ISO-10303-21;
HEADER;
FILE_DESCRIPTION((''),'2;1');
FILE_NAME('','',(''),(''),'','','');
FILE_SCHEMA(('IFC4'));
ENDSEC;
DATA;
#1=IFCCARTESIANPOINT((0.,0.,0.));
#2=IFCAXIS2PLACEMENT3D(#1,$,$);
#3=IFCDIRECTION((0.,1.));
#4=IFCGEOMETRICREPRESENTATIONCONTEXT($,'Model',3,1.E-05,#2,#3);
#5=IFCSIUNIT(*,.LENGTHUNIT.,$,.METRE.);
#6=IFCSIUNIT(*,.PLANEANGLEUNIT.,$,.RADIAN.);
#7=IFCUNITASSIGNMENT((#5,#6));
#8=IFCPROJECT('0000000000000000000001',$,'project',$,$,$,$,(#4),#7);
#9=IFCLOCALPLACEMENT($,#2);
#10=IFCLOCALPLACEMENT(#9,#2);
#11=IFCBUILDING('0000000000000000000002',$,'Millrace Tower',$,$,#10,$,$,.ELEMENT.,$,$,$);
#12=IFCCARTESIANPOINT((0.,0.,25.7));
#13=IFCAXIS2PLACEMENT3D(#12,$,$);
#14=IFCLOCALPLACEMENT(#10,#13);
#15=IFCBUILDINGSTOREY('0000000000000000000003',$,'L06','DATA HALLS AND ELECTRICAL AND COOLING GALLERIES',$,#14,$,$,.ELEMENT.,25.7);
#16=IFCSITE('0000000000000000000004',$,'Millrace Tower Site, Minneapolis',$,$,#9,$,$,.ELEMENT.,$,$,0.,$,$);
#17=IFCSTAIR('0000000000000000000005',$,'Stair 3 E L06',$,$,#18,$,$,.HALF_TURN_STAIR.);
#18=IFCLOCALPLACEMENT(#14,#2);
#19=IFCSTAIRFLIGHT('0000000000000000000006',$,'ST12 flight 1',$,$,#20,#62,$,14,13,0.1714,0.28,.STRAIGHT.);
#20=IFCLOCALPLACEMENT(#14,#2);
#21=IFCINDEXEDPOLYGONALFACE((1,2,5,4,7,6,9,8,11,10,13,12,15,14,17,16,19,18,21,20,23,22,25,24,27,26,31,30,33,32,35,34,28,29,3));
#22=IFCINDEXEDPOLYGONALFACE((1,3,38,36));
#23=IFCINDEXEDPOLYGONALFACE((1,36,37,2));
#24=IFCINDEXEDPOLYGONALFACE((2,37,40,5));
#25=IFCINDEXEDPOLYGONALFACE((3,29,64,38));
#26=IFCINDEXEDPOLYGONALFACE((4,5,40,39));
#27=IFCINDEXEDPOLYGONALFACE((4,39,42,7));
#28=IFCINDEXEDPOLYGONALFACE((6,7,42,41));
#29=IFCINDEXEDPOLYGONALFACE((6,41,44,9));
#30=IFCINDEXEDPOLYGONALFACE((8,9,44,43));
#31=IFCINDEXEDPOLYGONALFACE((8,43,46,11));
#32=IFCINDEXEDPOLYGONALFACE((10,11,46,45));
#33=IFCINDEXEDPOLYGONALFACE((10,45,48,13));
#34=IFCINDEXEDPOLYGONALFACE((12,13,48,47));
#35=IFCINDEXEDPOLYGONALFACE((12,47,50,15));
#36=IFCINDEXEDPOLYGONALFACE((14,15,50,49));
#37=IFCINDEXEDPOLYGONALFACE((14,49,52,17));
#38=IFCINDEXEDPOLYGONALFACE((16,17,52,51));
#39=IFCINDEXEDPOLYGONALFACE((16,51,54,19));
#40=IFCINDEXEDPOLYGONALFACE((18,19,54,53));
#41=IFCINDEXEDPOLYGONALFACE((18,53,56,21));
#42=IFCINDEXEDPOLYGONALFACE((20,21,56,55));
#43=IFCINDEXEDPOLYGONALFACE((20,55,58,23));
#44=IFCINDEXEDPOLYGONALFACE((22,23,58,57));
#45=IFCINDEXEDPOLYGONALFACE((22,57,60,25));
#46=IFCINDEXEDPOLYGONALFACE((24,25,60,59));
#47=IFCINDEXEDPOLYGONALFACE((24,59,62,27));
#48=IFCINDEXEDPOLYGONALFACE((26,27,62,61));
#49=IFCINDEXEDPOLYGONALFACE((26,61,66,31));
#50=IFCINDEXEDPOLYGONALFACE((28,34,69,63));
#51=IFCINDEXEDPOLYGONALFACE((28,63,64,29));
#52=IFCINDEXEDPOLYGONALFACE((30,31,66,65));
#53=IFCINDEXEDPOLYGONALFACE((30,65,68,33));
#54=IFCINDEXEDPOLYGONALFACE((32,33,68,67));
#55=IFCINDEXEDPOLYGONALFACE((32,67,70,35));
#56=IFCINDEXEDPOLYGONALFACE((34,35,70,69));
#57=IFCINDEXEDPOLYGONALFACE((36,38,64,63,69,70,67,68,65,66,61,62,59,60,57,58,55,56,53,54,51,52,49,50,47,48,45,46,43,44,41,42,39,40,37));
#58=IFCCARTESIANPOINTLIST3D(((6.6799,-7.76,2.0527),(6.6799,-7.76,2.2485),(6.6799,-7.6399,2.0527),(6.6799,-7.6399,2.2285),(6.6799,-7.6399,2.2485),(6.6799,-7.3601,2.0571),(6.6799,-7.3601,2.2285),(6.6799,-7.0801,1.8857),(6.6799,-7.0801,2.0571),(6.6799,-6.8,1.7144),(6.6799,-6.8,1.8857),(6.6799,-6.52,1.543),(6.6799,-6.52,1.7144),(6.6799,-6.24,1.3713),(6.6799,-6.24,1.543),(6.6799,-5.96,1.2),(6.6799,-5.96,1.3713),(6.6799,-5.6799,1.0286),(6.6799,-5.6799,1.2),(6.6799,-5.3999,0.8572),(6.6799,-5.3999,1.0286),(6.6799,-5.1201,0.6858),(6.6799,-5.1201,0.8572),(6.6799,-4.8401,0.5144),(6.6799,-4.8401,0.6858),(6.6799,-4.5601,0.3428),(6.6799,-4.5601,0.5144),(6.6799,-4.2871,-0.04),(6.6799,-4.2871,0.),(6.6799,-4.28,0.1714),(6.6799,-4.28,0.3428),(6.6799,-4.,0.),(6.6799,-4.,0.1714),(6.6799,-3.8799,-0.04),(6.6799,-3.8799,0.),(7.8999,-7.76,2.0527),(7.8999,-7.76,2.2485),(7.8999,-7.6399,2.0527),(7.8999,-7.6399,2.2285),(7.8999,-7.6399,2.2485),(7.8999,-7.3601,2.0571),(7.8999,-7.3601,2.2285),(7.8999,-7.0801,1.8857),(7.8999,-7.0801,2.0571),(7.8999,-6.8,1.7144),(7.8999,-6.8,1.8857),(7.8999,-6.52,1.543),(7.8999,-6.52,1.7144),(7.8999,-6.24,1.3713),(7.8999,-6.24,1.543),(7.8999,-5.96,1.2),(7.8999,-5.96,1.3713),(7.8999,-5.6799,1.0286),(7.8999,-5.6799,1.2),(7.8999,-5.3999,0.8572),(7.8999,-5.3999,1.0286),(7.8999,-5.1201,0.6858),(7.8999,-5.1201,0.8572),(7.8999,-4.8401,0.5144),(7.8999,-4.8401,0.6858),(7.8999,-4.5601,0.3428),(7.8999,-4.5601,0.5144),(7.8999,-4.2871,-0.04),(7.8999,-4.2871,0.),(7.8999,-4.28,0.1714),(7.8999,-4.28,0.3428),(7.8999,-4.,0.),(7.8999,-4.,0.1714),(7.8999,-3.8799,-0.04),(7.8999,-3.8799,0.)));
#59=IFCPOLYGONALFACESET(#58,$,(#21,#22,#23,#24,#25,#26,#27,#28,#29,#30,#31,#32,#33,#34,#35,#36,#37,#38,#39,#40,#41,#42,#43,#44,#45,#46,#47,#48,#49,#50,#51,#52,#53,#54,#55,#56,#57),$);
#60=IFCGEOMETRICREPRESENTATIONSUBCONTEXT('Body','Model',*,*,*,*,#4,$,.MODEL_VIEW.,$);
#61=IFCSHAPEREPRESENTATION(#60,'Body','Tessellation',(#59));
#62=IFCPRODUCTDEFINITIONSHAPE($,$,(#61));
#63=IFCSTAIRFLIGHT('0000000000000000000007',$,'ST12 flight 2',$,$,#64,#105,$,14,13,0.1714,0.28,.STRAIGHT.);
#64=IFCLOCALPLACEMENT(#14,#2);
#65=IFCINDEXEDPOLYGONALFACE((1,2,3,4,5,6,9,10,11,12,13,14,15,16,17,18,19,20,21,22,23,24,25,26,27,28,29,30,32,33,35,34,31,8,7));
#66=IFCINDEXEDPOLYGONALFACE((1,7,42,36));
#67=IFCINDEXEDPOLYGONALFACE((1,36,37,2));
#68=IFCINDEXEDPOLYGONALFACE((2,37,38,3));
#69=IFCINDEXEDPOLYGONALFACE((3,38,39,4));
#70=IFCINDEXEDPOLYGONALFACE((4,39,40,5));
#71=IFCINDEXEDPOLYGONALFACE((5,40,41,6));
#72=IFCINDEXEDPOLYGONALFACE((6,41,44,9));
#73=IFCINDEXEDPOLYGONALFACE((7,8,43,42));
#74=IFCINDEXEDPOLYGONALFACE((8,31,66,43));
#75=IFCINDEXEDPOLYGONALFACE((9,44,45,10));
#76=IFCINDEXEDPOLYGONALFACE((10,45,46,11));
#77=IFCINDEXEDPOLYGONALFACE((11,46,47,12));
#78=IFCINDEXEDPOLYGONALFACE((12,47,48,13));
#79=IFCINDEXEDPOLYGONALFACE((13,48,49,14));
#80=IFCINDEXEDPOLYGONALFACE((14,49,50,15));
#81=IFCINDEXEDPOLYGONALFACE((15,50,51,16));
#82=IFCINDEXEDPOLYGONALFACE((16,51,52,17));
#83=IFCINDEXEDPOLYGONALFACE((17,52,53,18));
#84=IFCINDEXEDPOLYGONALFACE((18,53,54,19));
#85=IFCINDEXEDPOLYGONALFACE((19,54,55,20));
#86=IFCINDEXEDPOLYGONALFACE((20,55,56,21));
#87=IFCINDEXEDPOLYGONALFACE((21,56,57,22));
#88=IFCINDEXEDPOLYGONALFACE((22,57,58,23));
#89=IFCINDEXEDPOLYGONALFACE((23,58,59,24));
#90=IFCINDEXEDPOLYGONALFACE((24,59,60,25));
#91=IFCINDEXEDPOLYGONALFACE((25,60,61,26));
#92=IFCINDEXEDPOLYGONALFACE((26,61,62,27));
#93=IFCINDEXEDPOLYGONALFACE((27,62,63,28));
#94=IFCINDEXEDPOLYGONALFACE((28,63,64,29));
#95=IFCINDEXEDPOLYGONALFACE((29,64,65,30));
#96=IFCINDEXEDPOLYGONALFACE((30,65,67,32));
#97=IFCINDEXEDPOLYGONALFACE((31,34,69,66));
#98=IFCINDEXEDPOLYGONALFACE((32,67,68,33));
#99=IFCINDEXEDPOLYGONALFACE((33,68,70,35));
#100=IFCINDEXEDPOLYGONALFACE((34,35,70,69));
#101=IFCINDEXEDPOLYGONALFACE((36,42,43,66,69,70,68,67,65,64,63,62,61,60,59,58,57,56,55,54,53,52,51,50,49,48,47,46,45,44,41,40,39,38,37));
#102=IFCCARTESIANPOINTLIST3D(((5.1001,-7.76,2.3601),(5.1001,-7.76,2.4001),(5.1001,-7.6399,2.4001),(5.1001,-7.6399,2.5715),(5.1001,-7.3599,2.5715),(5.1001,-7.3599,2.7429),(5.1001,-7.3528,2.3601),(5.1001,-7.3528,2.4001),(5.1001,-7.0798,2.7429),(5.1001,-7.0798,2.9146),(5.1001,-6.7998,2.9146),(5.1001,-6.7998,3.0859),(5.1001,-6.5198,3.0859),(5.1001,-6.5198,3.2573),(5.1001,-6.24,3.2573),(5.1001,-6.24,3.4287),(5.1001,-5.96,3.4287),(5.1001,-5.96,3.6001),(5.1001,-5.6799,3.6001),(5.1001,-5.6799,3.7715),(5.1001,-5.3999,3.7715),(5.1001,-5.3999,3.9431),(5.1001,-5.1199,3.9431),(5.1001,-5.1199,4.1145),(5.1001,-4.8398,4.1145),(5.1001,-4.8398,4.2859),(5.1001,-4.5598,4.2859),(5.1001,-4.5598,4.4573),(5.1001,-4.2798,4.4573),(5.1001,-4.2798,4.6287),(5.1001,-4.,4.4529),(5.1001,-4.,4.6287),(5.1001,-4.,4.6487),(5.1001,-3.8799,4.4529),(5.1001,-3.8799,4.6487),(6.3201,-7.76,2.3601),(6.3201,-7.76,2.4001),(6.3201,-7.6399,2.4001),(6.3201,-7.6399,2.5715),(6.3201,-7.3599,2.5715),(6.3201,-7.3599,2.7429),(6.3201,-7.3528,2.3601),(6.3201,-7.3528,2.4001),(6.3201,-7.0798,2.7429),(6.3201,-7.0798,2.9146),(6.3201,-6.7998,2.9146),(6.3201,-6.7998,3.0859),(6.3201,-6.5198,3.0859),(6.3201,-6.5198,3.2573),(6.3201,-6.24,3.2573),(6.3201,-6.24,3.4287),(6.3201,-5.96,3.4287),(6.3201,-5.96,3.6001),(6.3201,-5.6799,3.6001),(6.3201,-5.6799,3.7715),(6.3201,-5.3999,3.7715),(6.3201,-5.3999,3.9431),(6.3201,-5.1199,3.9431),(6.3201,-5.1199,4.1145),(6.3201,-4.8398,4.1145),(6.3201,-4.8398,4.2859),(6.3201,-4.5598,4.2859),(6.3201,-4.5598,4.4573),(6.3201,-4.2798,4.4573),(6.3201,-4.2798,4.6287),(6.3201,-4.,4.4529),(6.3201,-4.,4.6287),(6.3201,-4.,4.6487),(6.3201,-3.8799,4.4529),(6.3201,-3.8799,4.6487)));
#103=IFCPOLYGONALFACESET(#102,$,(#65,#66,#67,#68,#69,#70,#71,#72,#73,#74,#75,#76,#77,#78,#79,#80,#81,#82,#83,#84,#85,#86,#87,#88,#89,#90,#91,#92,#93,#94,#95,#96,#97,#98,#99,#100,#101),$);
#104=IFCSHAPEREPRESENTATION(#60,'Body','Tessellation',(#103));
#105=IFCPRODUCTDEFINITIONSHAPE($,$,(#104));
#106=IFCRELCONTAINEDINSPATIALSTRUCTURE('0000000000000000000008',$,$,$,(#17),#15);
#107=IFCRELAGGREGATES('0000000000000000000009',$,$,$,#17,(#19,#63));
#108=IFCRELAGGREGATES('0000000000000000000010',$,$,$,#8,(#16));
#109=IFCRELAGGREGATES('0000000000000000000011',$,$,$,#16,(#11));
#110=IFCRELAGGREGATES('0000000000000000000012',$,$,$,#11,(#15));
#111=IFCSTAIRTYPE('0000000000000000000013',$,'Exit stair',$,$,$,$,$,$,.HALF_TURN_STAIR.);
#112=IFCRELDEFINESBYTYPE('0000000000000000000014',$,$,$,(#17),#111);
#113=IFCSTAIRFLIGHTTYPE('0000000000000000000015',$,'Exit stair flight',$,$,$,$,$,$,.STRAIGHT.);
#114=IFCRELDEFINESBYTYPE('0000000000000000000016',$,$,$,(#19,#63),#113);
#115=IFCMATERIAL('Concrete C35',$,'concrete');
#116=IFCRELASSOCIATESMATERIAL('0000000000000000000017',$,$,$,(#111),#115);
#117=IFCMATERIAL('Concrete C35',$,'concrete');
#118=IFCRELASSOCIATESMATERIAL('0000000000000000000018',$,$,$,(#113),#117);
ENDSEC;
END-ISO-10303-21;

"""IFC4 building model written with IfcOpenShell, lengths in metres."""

from ifc_helpers import new_model, si_unit, direction, frame, origin, place, context, subcontext, project, spatial, polyline, outline, extrude, material, type_object, element, aggregate, save


model = new_model("IFC4")

# Units and contexts
model_context = context("Model", 3, precision=1e-05, world=origin(), true_north=direction((0.0, 1.0)))
body_context = subcontext(model_context, "Body", "Model", "MODEL_VIEW")
ifc_project = project(units=[si_unit("LENGTHUNIT", "METRE"), si_unit("PLANEANGLEUNIT", "RADIAN")], contexts=[model_context])

# Site, building, storey
site_placement = place(None, origin())
site = spatial("IfcSite", under=ifc_project, at=site_placement, Name="Millrace Tower Site, Minneapolis", CompositionType="ELEMENT", RefElevation=0.0)
building_placement = place(site_placement, origin())
building = spatial("IfcBuilding", under=site, at=building_placement, Name="Millrace Tower", CompositionType="ELEMENT")
storey_placement = place(building_placement, frame((0.0, 0.0, 25.7)))
storey = spatial("IfcBuildingStorey", under=building, at=storey_placement, Name="L06", Description="DATA HALLS AND ELECTRICAL AND COOLING GALLERIES", CompositionType="ELEMENT", Elevation=25.7)

# Shared definitions
placement = place(storey_placement, origin())

# Shared definitions
ifc_material_1 = material(Name="Concrete C35", Category="concrete")
stair_type = type_object("IfcStairType", Name="Exit stair", PredefinedType="HALF_TURN_STAIR", material=ifc_material_1)
ifc_material_2 = material(Name="Concrete C35", Category="concrete")
stair_flight_type = type_object("IfcStairFlightType", Name="Exit stair flight", PredefinedType="STRAIGHT", material=ifc_material_2)

# Stair, stair flights
stair_1 = element("IfcStair", 1, at=placement, inside=storey, type_object=stair_type, Name="Stair 3 E L06", PredefinedType="HALF_TURN_STAIR")
stair_flight_1_placement = place(storey_placement, frame((7.29, -4.0, 0.0), z_axis=(0.0, 0.0, 1.0), x_axis=(0.0, -1.0, 0.0)))
stair_flight_1 = element("IfcStairFlight", 2, at=stair_flight_1_placement, type_object=stair_flight_type, Name="ST12 flight 1", NumberOfRisers=14, NumberOfTreads=13, PredefinedType="STRAIGHT", RiserHeight=0.1714, TreadLength=0.28, context=body_context, shape_type="SweptSolid", body=[
    extrude(outline(polyline([(-0.1201, -0.04), (-0.1201, 0.0), (0.0, 0.0), (0.0, 0.1714), (0.28, 0.1714), (0.28, 0.3428), (0.5601, 0.3428), (0.5601, 0.5144), (0.8401, 0.5144), (0.8401, 0.6858), (1.1201, 0.6858), (1.1201, 0.8572), (1.3999, 0.8572), (1.3999, 1.0286), (1.6799, 1.0286), (1.6799, 1.2), (1.96, 1.2), (1.96, 1.3713), (2.24, 1.3713), (2.24, 1.543), (2.52, 1.543), (2.52, 1.7144), (2.8, 1.7144), (2.8, 1.8857), (3.0801, 1.8857), (3.0801, 2.0571), (3.3601, 2.0571), (3.3601, 2.2285), (3.6399, 2.2285), (3.6399, 2.2485), (3.76, 2.2485), (3.76, 2.0527), (3.6399, 2.0527), (0.2871, 0.0), (0.2871, -0.04), (-0.1201, -0.04)])), frame((0.0, 0.6099, 0.0), z_axis=(0.0, -1.0, 0.0), x_axis=(1.0, 0.0, 0.0)), (0.0, 0.0, 1.0), 1.22),
])
stair_flight_2_placement = place(storey_placement, frame((5.71, -7.6399, 2.4001), z_axis=(0.0, 0.0, 1.0), x_axis=(0.0, 1.0, 0.0)))
stair_flight_2 = element("IfcStairFlight", 3, at=stair_flight_2_placement, type_object=stair_flight_type, Name="ST12 flight 2", NumberOfRisers=14, NumberOfTreads=13, PredefinedType="STRAIGHT", RiserHeight=0.1714, TreadLength=0.28, context=body_context, shape_type="SweptSolid", body=[
    extrude(outline(polyline([(-0.1201, -0.04), (-0.1201, 0.0), (0.0, 0.0), (0.0, 0.1714), (0.28, 0.1714), (0.28, 0.3428), (0.5601, 0.3428), (0.5601, 0.5144), (0.8401, 0.5144), (0.8401, 0.6858), (1.1201, 0.6858), (1.1201, 0.8572), (1.3999, 0.8572), (1.3999, 1.0286), (1.6799, 1.0286), (1.6799, 1.2), (1.96, 1.2), (1.96, 1.3713), (2.24, 1.3713), (2.24, 1.543), (2.52, 1.543), (2.52, 1.7144), (2.8, 1.7144), (2.8, 1.8857), (3.0801, 1.8857), (3.0801, 2.0571), (3.3601, 2.0571), (3.3601, 2.2285), (3.6399, 2.2285), (3.6399, 2.2485), (3.76, 2.2485), (3.76, 2.0527), (3.6399, 2.0527), (0.2871, 0.0), (0.2871, -0.04), (-0.1201, -0.04)])), frame((0.0, 0.6099, 0.0), z_axis=(0.0, -1.0, 0.0), x_axis=(1.0, 0.0, 0.0)), (0.0, 0.0, 1.0), 1.22),
])
aggregate(stair_1, [stair_flight_1, stair_flight_2])

save(model, "model.ifc")
